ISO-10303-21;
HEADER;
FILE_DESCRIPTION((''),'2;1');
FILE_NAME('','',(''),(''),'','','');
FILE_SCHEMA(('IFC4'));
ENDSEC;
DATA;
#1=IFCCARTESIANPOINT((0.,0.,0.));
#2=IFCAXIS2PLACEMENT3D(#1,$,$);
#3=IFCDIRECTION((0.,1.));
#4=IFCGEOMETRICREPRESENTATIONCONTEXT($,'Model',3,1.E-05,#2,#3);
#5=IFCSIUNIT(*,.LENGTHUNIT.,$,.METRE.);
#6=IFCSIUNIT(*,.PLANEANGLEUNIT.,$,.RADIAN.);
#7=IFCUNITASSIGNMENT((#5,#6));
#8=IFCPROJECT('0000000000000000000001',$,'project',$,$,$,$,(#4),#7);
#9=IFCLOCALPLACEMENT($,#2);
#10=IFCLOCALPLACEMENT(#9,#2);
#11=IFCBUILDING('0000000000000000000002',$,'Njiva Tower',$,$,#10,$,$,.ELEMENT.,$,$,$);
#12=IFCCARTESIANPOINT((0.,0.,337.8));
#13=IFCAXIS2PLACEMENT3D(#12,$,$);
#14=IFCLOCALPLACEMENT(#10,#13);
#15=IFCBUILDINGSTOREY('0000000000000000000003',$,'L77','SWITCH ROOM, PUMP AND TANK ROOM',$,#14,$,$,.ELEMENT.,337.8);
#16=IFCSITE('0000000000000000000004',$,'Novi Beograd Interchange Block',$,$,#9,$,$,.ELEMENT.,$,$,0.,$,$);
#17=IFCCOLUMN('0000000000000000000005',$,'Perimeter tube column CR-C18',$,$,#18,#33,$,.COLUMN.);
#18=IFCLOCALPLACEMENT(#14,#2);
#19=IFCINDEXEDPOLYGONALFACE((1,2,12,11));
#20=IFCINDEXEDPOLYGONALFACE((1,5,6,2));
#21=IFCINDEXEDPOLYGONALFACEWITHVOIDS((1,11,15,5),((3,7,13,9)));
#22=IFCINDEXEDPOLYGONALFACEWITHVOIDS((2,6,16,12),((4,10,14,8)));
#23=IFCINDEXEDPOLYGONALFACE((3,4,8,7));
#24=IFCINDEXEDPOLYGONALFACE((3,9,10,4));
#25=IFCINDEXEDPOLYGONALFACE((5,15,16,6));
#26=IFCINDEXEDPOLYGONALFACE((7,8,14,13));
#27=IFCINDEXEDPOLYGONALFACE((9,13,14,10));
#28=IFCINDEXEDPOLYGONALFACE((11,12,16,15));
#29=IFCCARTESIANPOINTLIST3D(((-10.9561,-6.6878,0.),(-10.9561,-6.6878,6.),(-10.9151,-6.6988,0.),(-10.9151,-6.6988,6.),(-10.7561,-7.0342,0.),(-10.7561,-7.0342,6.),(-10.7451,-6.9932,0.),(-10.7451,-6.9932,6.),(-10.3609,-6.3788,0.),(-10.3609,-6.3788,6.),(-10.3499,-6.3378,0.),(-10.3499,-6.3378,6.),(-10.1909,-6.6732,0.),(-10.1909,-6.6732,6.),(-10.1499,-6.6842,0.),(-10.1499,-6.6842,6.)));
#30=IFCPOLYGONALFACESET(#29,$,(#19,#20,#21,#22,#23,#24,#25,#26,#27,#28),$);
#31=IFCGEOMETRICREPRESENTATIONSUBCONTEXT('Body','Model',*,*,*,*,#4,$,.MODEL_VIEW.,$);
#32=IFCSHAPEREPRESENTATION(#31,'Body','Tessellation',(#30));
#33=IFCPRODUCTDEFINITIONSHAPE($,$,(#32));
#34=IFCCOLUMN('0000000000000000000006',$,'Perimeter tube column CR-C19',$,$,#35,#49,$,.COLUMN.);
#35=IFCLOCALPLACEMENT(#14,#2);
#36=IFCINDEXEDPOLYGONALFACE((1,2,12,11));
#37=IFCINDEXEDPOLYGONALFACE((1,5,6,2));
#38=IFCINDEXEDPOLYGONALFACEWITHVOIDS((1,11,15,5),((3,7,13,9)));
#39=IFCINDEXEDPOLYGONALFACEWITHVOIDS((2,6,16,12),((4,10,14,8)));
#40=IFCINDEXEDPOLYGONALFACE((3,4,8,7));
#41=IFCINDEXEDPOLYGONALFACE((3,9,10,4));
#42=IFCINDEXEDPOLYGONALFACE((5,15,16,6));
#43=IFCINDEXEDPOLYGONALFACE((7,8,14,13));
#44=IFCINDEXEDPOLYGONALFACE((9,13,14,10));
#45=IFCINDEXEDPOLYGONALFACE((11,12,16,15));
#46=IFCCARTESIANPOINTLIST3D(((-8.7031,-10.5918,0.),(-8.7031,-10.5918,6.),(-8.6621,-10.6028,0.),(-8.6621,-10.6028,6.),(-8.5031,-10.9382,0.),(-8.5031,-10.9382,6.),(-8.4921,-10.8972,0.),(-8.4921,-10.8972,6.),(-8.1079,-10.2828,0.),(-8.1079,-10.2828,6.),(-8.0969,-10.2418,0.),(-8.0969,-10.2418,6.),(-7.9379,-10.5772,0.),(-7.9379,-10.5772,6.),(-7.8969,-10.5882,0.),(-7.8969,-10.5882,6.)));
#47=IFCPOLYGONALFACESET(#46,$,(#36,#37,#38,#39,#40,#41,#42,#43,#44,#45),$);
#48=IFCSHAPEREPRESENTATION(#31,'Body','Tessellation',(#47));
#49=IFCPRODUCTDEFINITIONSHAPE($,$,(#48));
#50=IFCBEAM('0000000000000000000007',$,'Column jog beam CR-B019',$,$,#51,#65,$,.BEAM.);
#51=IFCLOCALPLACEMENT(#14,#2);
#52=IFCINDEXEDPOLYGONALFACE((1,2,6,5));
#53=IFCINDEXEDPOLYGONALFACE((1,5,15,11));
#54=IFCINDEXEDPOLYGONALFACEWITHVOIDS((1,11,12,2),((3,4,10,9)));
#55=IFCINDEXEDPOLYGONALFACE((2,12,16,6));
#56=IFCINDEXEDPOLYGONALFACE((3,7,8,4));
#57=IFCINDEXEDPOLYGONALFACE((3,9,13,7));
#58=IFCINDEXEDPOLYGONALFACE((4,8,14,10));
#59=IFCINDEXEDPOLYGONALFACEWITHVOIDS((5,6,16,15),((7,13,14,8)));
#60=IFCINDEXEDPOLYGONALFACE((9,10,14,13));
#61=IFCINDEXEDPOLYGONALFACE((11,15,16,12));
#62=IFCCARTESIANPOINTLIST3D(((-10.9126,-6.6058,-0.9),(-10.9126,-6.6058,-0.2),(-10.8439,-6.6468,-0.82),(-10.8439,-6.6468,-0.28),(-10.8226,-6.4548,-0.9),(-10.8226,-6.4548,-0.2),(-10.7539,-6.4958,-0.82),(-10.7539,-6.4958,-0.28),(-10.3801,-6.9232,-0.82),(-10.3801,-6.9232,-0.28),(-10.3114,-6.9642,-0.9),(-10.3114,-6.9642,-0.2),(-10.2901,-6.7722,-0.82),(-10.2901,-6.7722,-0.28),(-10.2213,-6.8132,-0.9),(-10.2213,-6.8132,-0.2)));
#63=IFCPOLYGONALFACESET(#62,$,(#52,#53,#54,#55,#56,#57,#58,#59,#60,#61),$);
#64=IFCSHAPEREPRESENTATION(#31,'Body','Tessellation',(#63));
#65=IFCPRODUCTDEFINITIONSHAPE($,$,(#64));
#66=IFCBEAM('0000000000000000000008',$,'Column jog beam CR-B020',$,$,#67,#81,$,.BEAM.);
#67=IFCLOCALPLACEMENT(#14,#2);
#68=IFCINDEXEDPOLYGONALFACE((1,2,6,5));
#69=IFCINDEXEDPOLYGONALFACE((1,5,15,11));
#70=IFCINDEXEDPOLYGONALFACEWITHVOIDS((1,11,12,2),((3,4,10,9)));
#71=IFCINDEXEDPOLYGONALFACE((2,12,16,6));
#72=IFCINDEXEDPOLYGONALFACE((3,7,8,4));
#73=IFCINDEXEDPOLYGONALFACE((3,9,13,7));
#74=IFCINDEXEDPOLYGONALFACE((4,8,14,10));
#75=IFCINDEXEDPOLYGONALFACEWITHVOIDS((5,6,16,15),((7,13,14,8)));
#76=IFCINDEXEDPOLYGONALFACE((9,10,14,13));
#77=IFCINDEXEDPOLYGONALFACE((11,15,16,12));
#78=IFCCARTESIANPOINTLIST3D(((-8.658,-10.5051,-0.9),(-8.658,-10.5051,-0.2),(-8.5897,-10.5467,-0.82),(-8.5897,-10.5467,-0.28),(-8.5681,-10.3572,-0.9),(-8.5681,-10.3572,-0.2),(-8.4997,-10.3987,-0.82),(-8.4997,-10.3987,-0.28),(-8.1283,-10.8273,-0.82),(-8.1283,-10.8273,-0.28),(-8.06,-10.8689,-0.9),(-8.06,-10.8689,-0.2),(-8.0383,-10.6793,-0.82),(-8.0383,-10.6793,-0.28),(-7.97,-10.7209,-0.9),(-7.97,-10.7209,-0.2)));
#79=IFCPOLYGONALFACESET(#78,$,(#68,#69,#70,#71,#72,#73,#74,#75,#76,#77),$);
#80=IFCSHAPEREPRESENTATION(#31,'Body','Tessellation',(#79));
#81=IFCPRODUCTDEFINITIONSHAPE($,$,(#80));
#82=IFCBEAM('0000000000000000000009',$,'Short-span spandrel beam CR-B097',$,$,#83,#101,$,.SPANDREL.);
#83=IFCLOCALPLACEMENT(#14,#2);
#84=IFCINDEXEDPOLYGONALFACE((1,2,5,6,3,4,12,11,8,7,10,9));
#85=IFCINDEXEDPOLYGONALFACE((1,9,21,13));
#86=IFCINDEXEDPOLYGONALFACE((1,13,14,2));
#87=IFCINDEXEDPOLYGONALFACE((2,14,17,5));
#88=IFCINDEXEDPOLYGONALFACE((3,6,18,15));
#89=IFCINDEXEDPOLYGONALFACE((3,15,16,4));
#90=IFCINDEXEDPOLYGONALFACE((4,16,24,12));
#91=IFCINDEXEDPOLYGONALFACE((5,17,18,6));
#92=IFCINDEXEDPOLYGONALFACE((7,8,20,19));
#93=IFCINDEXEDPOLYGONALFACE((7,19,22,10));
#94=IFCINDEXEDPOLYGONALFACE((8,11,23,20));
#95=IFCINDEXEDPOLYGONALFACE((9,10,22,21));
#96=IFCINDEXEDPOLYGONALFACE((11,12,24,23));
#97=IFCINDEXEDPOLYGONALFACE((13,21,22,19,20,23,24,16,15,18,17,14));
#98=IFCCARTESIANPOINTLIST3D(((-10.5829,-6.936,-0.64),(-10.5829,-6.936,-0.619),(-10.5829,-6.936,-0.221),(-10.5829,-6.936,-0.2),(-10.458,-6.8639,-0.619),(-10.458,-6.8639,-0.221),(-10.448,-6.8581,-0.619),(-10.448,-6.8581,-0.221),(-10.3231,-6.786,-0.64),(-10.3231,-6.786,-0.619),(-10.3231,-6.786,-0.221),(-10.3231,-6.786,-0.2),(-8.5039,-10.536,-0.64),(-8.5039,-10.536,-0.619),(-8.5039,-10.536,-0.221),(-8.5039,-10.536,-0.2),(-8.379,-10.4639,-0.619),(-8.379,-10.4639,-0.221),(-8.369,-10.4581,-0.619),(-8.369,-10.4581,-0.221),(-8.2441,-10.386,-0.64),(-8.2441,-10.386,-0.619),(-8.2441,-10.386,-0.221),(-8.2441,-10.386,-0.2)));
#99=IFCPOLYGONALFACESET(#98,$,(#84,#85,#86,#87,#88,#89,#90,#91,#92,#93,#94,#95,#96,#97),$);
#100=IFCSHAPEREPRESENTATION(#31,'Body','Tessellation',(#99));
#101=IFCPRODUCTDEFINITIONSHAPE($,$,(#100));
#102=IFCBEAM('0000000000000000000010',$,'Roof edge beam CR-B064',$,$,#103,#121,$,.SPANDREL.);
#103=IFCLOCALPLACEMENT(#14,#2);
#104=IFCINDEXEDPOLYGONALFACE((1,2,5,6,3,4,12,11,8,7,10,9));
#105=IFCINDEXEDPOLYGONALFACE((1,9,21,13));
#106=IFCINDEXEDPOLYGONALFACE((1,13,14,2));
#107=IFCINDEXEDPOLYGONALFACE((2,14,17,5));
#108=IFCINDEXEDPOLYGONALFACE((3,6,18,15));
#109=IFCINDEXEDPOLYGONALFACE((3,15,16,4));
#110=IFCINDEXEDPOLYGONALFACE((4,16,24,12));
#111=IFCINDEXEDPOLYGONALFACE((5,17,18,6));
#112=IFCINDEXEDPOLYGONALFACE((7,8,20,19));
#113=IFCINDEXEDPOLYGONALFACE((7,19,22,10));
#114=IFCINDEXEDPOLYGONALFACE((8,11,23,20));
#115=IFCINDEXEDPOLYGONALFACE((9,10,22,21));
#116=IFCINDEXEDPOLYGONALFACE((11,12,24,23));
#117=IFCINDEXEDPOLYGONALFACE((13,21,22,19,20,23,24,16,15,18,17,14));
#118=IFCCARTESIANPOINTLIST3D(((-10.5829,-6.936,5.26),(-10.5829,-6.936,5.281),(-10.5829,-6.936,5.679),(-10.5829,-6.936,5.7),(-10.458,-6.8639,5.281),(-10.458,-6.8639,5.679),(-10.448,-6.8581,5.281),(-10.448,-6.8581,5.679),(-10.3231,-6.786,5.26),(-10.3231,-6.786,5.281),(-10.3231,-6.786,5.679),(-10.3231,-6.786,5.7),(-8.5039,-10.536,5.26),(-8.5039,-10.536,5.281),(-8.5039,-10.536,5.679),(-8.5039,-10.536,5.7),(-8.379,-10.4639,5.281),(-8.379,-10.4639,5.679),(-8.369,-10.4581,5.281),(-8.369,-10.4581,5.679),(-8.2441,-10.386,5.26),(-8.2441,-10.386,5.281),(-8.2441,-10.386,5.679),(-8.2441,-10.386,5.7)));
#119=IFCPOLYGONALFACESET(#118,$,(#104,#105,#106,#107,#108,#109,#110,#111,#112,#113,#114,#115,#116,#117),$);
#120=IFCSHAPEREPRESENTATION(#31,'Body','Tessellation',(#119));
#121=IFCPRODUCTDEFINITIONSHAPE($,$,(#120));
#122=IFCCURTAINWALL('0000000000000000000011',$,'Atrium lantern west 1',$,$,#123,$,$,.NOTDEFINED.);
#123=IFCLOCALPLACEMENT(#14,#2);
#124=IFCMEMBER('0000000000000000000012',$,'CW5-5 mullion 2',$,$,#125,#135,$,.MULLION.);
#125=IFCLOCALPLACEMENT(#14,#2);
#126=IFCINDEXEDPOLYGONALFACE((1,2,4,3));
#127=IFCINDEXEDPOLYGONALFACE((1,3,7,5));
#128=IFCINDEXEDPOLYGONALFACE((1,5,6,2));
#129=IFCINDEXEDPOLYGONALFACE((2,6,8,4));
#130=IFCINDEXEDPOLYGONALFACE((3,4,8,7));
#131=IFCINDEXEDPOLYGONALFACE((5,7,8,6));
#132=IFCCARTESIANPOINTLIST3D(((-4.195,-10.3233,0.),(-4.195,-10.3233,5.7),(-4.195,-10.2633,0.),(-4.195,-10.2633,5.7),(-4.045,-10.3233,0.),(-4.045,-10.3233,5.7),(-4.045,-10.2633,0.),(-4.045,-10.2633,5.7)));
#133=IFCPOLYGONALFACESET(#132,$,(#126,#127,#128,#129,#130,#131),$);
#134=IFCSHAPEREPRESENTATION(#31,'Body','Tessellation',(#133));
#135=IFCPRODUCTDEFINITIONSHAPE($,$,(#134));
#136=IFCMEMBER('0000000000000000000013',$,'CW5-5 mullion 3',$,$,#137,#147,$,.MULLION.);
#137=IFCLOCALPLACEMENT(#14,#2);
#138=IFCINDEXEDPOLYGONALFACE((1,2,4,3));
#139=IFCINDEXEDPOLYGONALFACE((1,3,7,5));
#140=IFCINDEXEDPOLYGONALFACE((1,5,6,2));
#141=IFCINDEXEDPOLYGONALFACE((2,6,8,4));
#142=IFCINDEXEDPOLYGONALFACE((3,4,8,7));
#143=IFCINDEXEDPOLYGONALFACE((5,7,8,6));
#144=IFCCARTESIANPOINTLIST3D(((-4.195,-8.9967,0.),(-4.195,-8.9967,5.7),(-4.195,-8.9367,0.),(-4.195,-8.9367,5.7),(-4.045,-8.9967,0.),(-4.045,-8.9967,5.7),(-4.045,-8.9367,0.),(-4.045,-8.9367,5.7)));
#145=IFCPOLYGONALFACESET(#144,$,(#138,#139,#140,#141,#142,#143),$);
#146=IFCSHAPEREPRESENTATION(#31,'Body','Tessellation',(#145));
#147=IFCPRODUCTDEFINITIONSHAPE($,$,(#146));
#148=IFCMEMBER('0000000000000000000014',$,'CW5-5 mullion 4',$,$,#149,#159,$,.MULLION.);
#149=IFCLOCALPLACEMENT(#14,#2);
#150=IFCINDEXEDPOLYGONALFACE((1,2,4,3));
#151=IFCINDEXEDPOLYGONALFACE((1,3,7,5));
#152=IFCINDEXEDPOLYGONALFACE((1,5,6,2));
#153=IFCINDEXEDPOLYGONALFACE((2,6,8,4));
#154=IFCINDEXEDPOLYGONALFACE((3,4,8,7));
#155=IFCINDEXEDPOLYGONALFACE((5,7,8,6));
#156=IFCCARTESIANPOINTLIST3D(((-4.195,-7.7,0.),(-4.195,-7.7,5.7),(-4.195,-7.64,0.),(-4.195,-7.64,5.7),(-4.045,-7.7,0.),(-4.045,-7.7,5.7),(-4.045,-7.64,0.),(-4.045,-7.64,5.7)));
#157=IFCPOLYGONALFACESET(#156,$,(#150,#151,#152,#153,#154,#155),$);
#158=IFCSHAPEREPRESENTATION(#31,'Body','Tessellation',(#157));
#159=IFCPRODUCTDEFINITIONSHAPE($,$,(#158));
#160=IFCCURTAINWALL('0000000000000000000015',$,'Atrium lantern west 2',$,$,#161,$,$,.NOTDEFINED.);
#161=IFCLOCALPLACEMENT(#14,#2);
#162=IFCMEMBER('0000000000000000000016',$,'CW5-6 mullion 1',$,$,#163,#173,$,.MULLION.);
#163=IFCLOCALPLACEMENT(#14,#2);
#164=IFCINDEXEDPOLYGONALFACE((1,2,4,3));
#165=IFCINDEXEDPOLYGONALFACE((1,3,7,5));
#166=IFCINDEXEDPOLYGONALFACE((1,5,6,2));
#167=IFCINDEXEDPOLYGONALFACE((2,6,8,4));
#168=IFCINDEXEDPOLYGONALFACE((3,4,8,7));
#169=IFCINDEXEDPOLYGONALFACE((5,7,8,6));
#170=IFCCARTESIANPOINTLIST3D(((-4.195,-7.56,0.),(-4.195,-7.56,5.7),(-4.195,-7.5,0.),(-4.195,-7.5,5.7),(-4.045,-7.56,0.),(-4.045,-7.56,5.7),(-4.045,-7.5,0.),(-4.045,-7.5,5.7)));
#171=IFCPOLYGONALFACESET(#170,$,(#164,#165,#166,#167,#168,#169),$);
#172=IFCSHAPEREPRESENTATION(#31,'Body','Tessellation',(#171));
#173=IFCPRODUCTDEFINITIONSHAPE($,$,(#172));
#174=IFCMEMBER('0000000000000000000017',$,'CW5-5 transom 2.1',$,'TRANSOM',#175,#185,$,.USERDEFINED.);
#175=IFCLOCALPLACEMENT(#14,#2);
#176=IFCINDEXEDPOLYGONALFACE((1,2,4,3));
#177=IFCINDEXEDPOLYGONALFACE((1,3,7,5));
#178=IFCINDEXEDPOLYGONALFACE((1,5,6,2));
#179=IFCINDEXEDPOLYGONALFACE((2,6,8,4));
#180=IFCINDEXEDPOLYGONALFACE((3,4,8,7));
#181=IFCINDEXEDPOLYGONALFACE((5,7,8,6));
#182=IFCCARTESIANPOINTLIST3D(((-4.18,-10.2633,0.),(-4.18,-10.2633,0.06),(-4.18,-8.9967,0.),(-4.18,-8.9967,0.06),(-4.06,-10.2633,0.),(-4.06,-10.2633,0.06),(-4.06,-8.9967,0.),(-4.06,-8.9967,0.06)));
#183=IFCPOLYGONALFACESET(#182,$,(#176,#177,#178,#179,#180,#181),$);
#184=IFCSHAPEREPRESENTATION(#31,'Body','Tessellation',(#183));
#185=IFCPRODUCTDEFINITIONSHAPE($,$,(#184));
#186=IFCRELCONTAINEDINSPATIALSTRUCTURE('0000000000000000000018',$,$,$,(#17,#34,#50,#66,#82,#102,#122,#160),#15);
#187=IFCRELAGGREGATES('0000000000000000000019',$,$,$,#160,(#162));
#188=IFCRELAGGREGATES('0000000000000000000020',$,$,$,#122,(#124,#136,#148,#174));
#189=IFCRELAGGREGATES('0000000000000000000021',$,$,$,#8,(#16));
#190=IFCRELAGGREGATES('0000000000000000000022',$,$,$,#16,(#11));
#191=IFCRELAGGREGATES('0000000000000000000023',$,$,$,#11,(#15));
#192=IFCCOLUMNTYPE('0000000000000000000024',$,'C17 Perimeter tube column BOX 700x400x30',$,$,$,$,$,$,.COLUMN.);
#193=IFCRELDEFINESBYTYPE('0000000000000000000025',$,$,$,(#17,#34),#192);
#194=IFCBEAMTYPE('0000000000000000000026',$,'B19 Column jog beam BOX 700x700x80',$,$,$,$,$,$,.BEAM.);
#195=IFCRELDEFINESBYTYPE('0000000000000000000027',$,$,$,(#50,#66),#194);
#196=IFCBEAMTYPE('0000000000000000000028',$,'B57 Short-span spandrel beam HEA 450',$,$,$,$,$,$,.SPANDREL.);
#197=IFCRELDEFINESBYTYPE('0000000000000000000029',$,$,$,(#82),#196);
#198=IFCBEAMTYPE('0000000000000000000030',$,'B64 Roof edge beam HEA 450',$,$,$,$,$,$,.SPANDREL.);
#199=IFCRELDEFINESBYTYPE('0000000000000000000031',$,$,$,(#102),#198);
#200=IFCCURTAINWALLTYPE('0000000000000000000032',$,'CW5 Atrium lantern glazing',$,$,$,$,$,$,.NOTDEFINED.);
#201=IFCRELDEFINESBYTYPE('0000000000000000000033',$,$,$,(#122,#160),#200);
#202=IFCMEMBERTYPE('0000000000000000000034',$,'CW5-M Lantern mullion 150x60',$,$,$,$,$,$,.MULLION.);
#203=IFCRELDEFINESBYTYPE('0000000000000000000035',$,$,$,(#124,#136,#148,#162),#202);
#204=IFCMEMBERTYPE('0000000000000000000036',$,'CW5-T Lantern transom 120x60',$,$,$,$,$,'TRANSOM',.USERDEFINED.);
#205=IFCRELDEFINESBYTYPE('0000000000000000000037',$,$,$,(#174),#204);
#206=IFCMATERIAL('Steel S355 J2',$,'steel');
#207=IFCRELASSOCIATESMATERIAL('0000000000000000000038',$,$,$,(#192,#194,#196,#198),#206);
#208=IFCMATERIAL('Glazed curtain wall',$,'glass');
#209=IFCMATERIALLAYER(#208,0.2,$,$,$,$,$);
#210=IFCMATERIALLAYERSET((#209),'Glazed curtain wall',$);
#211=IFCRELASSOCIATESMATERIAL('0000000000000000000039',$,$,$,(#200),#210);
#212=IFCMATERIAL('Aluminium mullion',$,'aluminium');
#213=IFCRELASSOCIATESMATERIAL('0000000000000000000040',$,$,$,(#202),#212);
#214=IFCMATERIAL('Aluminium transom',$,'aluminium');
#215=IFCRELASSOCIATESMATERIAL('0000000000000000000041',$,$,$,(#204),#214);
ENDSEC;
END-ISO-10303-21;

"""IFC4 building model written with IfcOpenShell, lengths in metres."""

from ifc_helpers import new_model, si_unit, direction, frame, origin, origin_2d, place, context, subcontext, project, spatial, rectangle, hollow_rectangle, i_section, extrude, material, layer, layer_set, material_profile, profile_set, type_object, element, aggregate, save


model = new_model("IFC4")

# Units and contexts
model_context = context("Model", 3, precision=1e-05, world=origin(), true_north=direction((0.0, 1.0)))
body_context = subcontext(model_context, "Body", "Model", "MODEL_VIEW")
ifc_project = project(units=[si_unit("LENGTHUNIT", "METRE"), si_unit("PLANEANGLEUNIT", "RADIAN")], contexts=[model_context])

# Site, building, storey
site_placement = place(None, origin())
site = spatial("IfcSite", under=ifc_project, at=site_placement, Name="Novi Beograd Interchange Block", CompositionType="ELEMENT", RefElevation=0.0)
building_placement = place(site_placement, origin())
building = spatial("IfcBuilding", under=site, at=building_placement, Name="Njiva Tower", CompositionType="ELEMENT")
storey_placement = place(building_placement, frame((0.0, 0.0, 337.8)))
storey = spatial("IfcBuildingStorey", under=building, at=storey_placement, Name="L77", Description="SWITCH ROOM, PUMP AND TANK ROOM", CompositionType="ELEMENT", Elevation=337.8)

# Columns
ifc_material_1 = material(Name="Steel S355 J2", Category="steel")
ifc_material_profile_1 = material_profile(ifc_material_1, hollow_rectangle(XDim=0.4, YDim=0.7, WallThickness=0.03, at=origin_2d()), Name="BOX 700x400x30")
ifc_profile_set_1 = profile_set([ifc_material_profile_1], Name="Steel S355 J2")
column_type = type_object("IfcColumnType", Name="C17 Perimeter tube column BOX 700x400x30", PredefinedType="COLUMN", material=ifc_profile_set_1)
for number, where, z_axis, x_axis, name in (
    (1, (-10.553, -6.686, 0.0), (0.0, 0.0, 1.0), (0.5, -0.866025, 0.0), "Perimeter tube column CR-C18"),
    (2, (-8.3, -10.59, 0.0), (0.0, 0.0, 1.0), (0.5, -0.866025, 0.0), "Perimeter tube column CR-C19"),
):
    element("IfcColumn", number, at=place(storey_placement, frame(where, z_axis=z_axis, x_axis=x_axis)), inside=storey, type_object=column_type, Name=name, PredefinedType="COLUMN", context=body_context, shape_type="SweptSolid", body=[
        extrude(hollow_rectangle(XDim=0.4, YDim=0.7, WallThickness=0.03, at=origin_2d()), origin(), (0.0, 0.0, 1.0), 6.0),
    ])

# Beams
ifc_material_profile_2 = material_profile(ifc_material_1, hollow_rectangle(XDim=0.7, YDim=0.7, WallThickness=0.08, at=origin_2d()), Name="BOX 700x700x80")
ifc_profile_set_2 = profile_set([ifc_material_profile_2], Name="Steel S355 J2")
beam_type_1 = type_object("IfcBeamType", Name="B19 Column jog beam BOX 700x700x80", PredefinedType="BEAM", material=ifc_profile_set_2)
beam_1_placement = place(storey_placement, frame((-10.612, -6.785, -0.55), z_axis=(0.511984, 0.858995, 0.0), x_axis=(-0.858995, 0.511984, 0.0)))
element("IfcBeam", 3, at=beam_1_placement, inside=storey, type_object=beam_type_1, Name="Column jog beam CR-B019", PredefinedType="BEAM", context=body_context, shape_type="SweptSolid", body=[
    extrude(hollow_rectangle(XDim=0.7, YDim=0.7, WallThickness=0.08, at=origin_2d()), origin(), (0.0, 0.0, 1.0), 0.1758),
])
beam_2_placement = place(storey_placement, frame((-8.359, -10.687, -0.55), z_axis=(0.519581, 0.854421, 0.0), x_axis=(-0.854421, 0.519581, 0.0)))
element("IfcBeam", 4, at=beam_2_placement, inside=storey, type_object=beam_type_1, Name="Column jog beam CR-B020", PredefinedType="BEAM", context=body_context, shape_type="SweptSolid", body=[
    extrude(hollow_rectangle(XDim=0.7, YDim=0.7, WallThickness=0.08, at=origin_2d()), origin(), (0.0, 0.0, 1.0), 0.1732),
])
ifc_material_profile_3 = material_profile(ifc_material_1, i_section(OverallWidth=0.3, OverallDepth=0.44, WebThickness=0.0115, FlangeThickness=0.021, at=origin_2d()), Name="HEA 450")
ifc_profile_set_3 = profile_set([ifc_material_profile_3], Name="Steel S355 J2")
beam_type_2 = type_object("IfcBeamType", Name="B57 Short-span spandrel beam HEA 450", PredefinedType="SPANDREL", material=ifc_profile_set_3)
beam_3_placement = place(storey_placement, frame((-10.453, -6.861, -0.42), z_axis=(0.500097, -0.865969, 0.0), x_axis=(0.865969, 0.500097, 0.0)))
element("IfcBeam", 5, at=beam_3_placement, inside=storey, type_object=beam_type_2, Name="Short-span spandrel beam CR-B097", PredefinedType="SPANDREL", context=body_context, shape_type="SweptSolid", body=[
    extrude(i_section(OverallWidth=0.3, OverallDepth=0.44, WebThickness=0.0115, FlangeThickness=0.021, at=origin_2d()), origin(), (0.0, 0.0, 1.0), 4.1572),
])
ifc_material_profile_4 = material_profile(ifc_material_1, i_section(OverallWidth=0.3, OverallDepth=0.44, WebThickness=0.0115, FlangeThickness=0.021, at=origin_2d()), Name="HEA 450")
ifc_profile_set_4 = profile_set([ifc_material_profile_4], Name="Steel S355 J2")
beam_type_3 = type_object("IfcBeamType", Name="B64 Roof edge beam HEA 450", PredefinedType="SPANDREL", material=ifc_profile_set_4)
beam_4_placement = place(storey_placement, frame((-10.453, -6.861, 5.48), z_axis=(0.500097, -0.865969, 0.0), x_axis=(0.865969, 0.500097, 0.0)))
element("IfcBeam", 6, at=beam_4_placement, inside=storey, type_object=beam_type_3, Name="Roof edge beam CR-B064", PredefinedType="SPANDREL", context=body_context, shape_type="SweptSolid", body=[
    extrude(i_section(OverallWidth=0.3, OverallDepth=0.44, WebThickness=0.0115, FlangeThickness=0.021, at=origin_2d()), origin(), (0.0, 0.0, 1.0), 4.1572),
])

# Curtain wall, members
ifc_material_2 = material(Name="Glazed curtain wall", Category="glass")
ifc_layer_1 = layer(ifc_material_2, 0.2)
ifc_layer_set_1 = layer_set([ifc_layer_1], Name="Glazed curtain wall")
curtain_wall_type = type_object("IfcCurtainWallType", Name="CW5 Atrium lantern glazing", PredefinedType="NOTDEFINED", material=ifc_layer_set_1)
curtain_wall_1_placement = place(storey_placement, origin())
curtain_wall_1 = element("IfcCurtainWall", 7, at=curtain_wall_1_placement, inside=storey, type_object=curtain_wall_type, Name="Atrium lantern west 1", PredefinedType="NOTDEFINED")
ifc_material_3 = material(Name="Aluminium mullion", Category="aluminium")
ifc_material_profile_5 = material_profile(ifc_material_3, rectangle(XDim=0.15, YDim=0.06, at=origin_2d()), Name="RECT 150x60")
ifc_profile_set_5 = profile_set([ifc_material_profile_5], Name="Aluminium mullion")
member_type_1 = type_object("IfcMemberType", Name="CW5-M Lantern mullion 150x60", PredefinedType="MULLION", material=ifc_profile_set_5)
member_1_placement = place(storey_placement, frame((-4.12, -10.2933, 0.0), z_axis=(0.0, 0.0, 1.0), x_axis=(-1.0, 0.0, 0.0)))
member_1 = element("IfcMember", 8, at=member_1_placement, type_object=member_type_1, Name="CW5-5 mullion 2", PredefinedType="MULLION", context=body_context, shape_type="SweptSolid", body=[
    extrude(rectangle(XDim=0.15, YDim=0.06, at=origin_2d()), origin(), (0.0, 0.0, 1.0), 5.7),
])
member_2_placement = place(storey_placement, frame((-4.12, -8.9667, 0.0), z_axis=(0.0, 0.0, 1.0), x_axis=(-1.0, 0.0, 0.0)))
member_2 = element("IfcMember", 9, at=member_2_placement, type_object=member_type_1, Name="CW5-5 mullion 3", PredefinedType="MULLION", context=body_context, shape_type="SweptSolid", body=[
    extrude(rectangle(XDim=0.15, YDim=0.06, at=origin_2d()), origin(), (0.0, 0.0, 1.0), 5.7),
])
member_3_placement = place(storey_placement, frame((-4.12, -7.67, 0.0), z_axis=(0.0, 0.0, 1.0), x_axis=(-1.0, 0.0, 0.0)))
member_3 = element("IfcMember", 10, at=member_3_placement, type_object=member_type_1, Name="CW5-5 mullion 4", PredefinedType="MULLION", context=body_context, shape_type="SweptSolid", body=[
    extrude(rectangle(XDim=0.15, YDim=0.06, at=origin_2d()), origin(), (0.0, 0.0, 1.0), 5.7),
])

# Curtain wall, member
curtain_wall_2_placement = place(storey_placement, origin())
curtain_wall_2 = element("IfcCurtainWall", 11, at=curtain_wall_2_placement, inside=storey, type_object=curtain_wall_type, Name="Atrium lantern west 2", PredefinedType="NOTDEFINED")
member_4_placement = place(storey_placement, frame((-4.12, -7.53, 0.0), z_axis=(0.0, 0.0, 1.0), x_axis=(-1.0, 0.0, 0.0)))
member_4 = element("IfcMember", 12, at=member_4_placement, type_object=member_type_1, Name="CW5-6 mullion 1", PredefinedType="MULLION", context=body_context, shape_type="SweptSolid", body=[
    extrude(rectangle(XDim=0.15, YDim=0.06, at=origin_2d()), origin(), (0.0, 0.0, 1.0), 5.7),
])

# Member
ifc_material_4 = material(Name="Aluminium transom", Category="aluminium")
ifc_material_profile_6 = material_profile(ifc_material_4, rectangle(XDim=0.12, YDim=0.06, at=origin_2d()), Name="RECT 120x60")
ifc_profile_set_6 = profile_set([ifc_material_profile_6], Name="Aluminium transom")
member_type_2 = type_object("IfcMemberType", Name="CW5-T Lantern transom 120x60", ElementType="TRANSOM", PredefinedType="USERDEFINED", material=ifc_profile_set_6)
member_5_placement = place(storey_placement, frame((-4.12, -10.2633, 0.03), z_axis=(0.0, 1.0, 0.0), x_axis=(-1.0, 0.0, 0.0)))
member_5 = element("IfcMember", 13, at=member_5_placement, type_object=member_type_2, Name="CW5-5 transom 2.1", ObjectType="TRANSOM", PredefinedType="USERDEFINED", context=body_context, shape_type="SweptSolid", body=[
    extrude(rectangle(XDim=0.12, YDim=0.06, at=origin_2d()), origin(), (0.0, 0.0, 1.0), 1.2666),
])
aggregate(curtain_wall_2, [member_4])

aggregate(curtain_wall_1, [member_1, member_2, member_3, member_5])

save(model, "model.ifc")
